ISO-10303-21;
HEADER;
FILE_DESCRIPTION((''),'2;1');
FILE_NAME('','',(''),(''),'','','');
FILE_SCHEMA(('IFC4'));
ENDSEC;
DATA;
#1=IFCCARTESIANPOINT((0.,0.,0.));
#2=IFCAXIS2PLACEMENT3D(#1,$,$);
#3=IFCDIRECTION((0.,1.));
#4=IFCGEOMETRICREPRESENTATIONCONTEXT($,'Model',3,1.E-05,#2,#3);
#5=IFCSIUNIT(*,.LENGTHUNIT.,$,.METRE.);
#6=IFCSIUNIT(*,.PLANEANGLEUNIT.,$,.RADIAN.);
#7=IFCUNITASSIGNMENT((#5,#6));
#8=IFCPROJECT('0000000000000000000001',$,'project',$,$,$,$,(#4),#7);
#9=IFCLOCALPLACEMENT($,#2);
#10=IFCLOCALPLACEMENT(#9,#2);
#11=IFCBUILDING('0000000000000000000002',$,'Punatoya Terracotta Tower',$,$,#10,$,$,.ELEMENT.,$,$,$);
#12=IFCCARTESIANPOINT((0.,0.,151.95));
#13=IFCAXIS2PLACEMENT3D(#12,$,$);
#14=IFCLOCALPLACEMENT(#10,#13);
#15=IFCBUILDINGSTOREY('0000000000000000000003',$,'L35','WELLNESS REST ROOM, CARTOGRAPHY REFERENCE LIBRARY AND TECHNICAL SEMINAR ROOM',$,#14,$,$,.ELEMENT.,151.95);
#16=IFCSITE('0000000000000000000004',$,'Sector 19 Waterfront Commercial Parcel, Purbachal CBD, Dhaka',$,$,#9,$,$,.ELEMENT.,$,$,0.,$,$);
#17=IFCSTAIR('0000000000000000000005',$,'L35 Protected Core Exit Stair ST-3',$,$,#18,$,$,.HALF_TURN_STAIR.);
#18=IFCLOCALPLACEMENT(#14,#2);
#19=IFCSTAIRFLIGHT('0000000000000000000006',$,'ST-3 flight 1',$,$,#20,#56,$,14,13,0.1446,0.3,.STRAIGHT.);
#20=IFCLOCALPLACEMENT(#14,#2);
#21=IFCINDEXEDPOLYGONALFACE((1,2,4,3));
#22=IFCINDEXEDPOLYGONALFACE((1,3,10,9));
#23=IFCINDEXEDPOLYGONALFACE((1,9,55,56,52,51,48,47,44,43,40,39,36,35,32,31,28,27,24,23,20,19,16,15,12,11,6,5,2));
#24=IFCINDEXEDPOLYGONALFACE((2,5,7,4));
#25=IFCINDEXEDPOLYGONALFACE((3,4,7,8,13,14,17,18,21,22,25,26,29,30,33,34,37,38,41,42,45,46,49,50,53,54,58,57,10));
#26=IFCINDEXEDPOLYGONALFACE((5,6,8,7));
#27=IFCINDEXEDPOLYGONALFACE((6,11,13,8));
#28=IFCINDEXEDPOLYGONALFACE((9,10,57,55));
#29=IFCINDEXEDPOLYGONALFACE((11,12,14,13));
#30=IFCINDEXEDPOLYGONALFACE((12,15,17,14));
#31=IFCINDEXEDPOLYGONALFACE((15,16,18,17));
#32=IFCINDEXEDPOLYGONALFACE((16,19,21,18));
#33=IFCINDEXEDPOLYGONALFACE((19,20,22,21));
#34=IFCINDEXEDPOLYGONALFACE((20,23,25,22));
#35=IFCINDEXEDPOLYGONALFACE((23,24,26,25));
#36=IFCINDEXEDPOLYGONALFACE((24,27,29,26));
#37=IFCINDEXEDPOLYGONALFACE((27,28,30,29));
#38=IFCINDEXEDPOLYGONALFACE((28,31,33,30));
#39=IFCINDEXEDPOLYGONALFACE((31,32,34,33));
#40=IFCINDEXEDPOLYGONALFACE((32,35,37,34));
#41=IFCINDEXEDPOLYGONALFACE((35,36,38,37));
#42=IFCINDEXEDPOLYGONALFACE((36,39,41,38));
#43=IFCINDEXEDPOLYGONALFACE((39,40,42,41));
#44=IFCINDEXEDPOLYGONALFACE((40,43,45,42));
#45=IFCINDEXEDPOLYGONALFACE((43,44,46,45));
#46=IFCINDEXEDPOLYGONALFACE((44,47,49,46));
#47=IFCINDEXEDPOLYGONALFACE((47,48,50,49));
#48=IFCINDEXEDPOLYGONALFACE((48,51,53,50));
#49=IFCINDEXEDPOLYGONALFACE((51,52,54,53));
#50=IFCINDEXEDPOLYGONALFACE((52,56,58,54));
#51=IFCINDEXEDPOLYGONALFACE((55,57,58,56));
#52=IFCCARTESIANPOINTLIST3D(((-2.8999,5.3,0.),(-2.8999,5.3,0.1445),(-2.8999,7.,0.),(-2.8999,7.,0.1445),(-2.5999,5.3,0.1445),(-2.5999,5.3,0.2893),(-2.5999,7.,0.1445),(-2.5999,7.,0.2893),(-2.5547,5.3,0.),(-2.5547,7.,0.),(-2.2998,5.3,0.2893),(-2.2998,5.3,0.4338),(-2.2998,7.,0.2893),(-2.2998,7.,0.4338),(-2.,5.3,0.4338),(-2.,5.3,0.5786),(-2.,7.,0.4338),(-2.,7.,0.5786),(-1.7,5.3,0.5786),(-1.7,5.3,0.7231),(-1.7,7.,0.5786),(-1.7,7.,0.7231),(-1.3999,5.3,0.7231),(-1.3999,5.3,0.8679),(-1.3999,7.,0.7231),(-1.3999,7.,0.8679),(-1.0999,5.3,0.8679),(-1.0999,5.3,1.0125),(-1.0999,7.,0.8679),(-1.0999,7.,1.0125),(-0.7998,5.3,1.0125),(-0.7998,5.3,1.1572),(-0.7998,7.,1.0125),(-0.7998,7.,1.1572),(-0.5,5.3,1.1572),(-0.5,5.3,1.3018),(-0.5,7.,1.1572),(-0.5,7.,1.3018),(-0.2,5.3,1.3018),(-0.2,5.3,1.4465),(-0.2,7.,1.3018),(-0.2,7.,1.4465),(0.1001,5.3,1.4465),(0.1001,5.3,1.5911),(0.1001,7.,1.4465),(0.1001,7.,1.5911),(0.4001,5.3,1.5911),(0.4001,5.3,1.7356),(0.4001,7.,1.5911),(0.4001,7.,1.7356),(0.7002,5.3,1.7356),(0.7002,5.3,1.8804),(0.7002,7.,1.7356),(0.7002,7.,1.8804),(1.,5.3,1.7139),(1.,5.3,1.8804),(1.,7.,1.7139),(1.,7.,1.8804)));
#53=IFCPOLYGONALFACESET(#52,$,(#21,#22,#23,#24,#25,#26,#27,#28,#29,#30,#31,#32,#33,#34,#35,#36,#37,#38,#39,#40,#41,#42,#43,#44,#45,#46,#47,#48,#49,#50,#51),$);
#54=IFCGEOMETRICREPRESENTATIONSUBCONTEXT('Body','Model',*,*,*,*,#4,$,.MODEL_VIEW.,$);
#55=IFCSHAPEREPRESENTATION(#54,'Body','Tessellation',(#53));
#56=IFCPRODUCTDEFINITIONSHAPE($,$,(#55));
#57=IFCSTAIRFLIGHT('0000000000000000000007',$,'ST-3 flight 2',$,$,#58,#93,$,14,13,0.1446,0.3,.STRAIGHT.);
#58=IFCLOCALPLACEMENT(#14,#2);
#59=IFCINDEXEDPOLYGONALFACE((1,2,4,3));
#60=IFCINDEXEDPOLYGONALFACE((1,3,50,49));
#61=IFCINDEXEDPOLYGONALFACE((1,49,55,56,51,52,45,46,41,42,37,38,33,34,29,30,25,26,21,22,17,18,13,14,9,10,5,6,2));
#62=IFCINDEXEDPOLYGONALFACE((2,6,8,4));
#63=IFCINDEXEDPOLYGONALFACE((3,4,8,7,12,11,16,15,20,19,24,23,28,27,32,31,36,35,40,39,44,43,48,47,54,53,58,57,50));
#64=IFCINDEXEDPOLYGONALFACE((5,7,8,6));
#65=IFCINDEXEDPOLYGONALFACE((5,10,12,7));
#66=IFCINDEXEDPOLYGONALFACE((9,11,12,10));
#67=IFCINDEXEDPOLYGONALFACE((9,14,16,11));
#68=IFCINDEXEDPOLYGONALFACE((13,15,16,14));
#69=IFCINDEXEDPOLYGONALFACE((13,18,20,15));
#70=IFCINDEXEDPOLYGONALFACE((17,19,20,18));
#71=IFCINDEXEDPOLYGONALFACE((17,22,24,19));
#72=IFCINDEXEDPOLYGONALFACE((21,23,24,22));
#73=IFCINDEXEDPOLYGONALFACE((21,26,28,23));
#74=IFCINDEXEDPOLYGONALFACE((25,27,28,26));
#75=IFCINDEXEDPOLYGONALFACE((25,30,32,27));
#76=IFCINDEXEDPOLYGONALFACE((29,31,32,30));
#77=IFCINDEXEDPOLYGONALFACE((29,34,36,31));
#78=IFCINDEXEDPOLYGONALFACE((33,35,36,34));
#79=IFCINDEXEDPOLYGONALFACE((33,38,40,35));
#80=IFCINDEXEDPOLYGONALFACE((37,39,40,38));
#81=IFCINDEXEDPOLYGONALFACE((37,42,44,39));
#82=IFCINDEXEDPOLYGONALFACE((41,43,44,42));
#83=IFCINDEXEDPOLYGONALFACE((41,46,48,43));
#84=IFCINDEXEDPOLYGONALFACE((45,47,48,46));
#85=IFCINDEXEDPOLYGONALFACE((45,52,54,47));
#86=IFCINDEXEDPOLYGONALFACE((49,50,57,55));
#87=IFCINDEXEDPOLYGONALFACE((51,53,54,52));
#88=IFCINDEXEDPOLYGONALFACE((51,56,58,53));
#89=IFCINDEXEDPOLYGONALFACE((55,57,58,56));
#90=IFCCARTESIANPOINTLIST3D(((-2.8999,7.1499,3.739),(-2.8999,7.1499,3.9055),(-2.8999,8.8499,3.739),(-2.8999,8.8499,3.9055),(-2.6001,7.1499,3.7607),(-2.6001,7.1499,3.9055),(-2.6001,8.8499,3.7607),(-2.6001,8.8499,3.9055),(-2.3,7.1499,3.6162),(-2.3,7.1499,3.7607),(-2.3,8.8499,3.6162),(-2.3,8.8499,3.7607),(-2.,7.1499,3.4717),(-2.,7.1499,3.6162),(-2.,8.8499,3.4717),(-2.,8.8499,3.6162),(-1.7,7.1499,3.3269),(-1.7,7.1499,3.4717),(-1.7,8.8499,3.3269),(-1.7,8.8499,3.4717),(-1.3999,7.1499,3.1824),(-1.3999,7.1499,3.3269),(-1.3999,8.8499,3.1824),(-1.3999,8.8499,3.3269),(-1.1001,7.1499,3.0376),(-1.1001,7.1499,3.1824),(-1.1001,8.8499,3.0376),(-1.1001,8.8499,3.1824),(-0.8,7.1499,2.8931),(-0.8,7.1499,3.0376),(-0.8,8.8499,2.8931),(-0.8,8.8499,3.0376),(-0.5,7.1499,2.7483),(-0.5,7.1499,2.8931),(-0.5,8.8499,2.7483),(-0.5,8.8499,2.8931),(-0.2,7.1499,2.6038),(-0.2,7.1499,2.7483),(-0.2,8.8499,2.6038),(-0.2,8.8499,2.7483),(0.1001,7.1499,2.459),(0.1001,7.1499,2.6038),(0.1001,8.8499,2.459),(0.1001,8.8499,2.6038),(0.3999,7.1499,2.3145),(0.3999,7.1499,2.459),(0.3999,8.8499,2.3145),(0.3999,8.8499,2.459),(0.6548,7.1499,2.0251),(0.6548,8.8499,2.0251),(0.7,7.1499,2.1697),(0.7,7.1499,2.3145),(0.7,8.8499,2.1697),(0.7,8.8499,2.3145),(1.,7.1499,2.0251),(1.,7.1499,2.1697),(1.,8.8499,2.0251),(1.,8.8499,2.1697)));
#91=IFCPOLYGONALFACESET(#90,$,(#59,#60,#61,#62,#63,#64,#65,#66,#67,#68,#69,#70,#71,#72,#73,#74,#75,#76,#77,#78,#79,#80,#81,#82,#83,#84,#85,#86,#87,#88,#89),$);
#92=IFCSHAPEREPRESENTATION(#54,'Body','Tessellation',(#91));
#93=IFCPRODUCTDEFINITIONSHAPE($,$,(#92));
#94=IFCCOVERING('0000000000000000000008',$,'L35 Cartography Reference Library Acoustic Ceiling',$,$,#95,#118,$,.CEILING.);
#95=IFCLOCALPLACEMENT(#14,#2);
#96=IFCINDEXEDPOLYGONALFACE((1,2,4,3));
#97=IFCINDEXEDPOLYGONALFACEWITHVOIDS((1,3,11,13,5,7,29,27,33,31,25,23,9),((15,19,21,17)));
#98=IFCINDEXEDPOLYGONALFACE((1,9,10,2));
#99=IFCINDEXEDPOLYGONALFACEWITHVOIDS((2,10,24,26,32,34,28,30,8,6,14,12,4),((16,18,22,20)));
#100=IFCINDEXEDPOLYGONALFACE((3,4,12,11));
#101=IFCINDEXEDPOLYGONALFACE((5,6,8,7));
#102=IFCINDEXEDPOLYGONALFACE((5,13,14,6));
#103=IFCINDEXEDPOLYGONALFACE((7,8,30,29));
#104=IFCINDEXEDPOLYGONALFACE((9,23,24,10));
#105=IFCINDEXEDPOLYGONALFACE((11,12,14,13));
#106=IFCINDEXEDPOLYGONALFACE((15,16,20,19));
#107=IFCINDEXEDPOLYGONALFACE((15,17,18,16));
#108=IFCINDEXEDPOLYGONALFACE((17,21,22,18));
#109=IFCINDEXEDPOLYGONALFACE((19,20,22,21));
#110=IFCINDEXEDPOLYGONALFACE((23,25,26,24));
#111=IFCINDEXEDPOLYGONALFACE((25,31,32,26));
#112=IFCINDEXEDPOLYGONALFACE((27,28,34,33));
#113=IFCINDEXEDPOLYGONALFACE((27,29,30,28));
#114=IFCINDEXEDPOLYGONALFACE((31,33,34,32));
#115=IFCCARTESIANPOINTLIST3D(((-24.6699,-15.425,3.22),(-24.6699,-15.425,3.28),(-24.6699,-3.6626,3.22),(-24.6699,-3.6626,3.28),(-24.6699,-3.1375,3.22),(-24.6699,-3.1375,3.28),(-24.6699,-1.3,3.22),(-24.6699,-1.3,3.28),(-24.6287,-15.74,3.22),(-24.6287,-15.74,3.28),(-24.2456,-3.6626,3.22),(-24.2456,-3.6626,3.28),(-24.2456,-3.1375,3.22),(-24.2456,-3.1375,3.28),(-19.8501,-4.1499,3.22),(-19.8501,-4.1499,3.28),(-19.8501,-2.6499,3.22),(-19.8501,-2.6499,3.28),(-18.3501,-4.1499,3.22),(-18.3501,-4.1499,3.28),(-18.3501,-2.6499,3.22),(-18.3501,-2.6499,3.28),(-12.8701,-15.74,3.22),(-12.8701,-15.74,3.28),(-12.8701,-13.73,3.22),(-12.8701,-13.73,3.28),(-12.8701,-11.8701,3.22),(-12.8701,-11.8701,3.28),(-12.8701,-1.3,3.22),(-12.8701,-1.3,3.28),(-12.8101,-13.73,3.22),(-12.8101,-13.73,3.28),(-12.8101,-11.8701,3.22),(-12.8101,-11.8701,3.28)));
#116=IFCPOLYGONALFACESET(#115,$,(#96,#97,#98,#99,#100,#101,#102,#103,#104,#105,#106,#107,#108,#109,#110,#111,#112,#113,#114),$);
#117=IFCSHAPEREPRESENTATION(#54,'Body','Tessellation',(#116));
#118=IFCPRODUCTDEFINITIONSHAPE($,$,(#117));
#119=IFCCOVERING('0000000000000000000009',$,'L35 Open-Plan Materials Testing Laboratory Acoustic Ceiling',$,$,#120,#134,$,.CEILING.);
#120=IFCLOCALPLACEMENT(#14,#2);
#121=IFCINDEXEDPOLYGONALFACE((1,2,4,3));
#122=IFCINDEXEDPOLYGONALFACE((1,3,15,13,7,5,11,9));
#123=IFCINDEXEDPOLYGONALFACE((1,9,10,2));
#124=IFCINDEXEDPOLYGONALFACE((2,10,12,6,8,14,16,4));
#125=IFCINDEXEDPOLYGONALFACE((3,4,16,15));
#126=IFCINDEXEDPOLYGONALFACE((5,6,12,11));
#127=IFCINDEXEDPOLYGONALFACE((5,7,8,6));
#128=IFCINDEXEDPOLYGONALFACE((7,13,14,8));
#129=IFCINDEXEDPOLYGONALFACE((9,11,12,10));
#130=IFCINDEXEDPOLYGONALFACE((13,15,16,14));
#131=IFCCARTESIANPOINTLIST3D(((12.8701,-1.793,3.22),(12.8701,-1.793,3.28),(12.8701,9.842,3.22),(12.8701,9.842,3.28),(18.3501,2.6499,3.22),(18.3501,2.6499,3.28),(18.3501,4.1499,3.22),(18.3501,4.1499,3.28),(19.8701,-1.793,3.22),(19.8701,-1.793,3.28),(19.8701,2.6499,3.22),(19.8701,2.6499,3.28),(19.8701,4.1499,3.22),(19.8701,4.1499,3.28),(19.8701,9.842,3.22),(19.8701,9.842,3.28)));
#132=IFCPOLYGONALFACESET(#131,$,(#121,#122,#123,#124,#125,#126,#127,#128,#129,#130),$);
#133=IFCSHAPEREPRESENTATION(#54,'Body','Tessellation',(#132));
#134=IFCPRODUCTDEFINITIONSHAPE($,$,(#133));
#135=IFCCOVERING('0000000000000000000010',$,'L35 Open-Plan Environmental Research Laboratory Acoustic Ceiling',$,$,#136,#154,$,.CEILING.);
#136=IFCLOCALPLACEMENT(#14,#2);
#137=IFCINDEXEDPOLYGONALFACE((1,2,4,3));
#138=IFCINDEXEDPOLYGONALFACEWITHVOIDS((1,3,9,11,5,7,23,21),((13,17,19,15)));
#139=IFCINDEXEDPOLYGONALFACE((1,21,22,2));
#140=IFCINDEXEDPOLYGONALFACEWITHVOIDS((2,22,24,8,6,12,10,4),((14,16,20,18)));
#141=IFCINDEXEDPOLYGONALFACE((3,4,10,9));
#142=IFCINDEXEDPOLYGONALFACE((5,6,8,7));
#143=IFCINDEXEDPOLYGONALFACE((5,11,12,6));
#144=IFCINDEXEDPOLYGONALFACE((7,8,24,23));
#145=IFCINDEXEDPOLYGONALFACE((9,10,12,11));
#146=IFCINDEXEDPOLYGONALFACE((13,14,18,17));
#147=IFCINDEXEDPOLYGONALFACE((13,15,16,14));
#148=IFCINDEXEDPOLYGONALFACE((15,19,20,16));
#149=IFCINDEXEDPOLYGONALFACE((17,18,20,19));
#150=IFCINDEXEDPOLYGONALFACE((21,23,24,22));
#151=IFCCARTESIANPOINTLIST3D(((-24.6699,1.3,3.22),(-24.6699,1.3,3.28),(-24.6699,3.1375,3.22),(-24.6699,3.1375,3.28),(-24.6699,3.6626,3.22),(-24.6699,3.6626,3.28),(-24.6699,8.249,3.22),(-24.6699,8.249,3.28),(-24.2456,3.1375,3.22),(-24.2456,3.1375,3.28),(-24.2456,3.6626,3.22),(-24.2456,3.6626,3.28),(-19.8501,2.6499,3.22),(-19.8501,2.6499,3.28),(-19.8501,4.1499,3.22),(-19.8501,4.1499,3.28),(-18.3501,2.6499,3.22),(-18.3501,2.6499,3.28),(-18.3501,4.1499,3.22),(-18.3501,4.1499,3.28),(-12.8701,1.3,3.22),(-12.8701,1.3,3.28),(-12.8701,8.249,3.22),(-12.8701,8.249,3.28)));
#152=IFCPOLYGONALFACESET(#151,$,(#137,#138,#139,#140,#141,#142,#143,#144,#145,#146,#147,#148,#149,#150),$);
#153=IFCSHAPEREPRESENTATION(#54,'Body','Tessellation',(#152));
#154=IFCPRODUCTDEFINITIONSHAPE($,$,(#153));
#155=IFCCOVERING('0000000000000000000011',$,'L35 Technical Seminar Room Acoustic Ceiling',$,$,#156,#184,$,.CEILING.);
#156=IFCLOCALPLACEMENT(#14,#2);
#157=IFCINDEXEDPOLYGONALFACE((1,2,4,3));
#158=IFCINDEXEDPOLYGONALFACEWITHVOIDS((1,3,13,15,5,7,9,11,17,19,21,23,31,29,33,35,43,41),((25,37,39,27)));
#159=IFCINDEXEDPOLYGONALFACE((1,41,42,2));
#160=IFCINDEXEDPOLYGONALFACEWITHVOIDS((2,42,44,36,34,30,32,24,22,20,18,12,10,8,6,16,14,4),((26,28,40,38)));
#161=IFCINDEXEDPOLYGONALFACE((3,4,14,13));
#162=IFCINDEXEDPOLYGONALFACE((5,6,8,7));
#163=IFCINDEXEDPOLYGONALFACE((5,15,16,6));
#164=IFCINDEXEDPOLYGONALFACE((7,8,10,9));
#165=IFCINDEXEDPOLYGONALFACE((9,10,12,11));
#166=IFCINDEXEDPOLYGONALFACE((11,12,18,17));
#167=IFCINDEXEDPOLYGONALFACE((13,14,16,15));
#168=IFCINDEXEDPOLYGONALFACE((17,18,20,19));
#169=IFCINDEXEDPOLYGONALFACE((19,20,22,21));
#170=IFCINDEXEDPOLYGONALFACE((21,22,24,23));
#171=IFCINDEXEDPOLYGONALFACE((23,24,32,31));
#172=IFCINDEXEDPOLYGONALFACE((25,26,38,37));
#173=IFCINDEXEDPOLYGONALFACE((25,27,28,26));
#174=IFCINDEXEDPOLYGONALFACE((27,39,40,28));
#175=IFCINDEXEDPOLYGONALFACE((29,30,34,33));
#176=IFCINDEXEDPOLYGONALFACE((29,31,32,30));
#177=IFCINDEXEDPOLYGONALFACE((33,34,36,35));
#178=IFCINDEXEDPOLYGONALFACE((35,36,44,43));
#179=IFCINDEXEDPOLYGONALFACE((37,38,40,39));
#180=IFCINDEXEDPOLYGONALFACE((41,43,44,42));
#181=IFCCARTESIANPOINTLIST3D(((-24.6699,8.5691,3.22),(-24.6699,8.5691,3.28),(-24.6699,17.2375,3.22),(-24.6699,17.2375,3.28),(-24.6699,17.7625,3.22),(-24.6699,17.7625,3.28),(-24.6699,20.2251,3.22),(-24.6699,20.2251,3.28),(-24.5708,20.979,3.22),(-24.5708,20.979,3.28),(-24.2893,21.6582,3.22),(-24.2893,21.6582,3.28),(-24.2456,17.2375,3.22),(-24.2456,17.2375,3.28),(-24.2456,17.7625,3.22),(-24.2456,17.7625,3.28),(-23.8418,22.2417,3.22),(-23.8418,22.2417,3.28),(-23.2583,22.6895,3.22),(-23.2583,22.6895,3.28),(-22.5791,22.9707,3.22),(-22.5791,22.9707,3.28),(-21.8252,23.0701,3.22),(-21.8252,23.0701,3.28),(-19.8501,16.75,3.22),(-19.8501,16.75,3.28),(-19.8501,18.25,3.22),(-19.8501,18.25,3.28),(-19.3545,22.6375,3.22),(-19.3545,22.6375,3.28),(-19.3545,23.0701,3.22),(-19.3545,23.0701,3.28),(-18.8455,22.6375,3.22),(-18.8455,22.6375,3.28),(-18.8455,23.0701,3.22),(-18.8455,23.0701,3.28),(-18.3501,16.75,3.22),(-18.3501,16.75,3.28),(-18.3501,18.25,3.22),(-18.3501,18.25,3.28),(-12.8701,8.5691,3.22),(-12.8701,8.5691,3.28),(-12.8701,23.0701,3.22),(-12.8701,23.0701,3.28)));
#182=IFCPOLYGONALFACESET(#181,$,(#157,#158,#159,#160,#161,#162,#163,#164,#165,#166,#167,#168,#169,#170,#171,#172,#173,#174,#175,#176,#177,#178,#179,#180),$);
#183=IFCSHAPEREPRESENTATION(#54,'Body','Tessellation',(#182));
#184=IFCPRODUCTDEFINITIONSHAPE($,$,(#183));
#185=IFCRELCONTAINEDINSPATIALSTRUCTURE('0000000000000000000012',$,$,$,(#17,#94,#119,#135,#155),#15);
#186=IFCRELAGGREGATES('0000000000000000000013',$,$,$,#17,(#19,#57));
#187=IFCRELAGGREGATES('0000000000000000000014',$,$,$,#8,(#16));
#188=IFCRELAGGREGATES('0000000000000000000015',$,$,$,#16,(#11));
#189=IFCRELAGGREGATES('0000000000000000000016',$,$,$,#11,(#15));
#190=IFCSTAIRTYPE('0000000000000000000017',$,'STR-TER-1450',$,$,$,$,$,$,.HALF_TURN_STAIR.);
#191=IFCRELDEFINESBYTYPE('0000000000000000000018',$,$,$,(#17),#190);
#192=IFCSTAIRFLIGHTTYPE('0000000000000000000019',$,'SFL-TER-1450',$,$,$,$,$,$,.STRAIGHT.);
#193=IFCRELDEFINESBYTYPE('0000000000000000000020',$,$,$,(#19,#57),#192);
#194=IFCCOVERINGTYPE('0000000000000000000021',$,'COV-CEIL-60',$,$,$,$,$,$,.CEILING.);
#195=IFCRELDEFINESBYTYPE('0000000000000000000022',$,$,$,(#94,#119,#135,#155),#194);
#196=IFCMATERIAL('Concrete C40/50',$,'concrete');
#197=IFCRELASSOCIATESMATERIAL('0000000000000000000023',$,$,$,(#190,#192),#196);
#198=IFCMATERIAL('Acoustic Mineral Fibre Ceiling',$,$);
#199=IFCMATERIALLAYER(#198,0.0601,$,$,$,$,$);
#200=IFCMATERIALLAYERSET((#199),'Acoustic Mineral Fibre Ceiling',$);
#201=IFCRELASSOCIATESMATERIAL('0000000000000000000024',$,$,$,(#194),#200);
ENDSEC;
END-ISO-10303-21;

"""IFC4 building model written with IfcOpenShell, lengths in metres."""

from ifc_helpers import new_model, si_unit, direction, frame, origin, place, context, subcontext, project, spatial, polyline, outline, extrude, material, layer, layer_set, type_object, element, aggregate, save


model = new_model("IFC4")

# Units and contexts
model_context = context("Model", 3, precision=1e-05, world=origin(), true_north=direction((0.0, 1.0)))
body_context = subcontext(model_context, "Body", "Model", "MODEL_VIEW")
ifc_project = project(units=[si_unit("LENGTHUNIT", "METRE"), si_unit("PLANEANGLEUNIT", "RADIAN")], contexts=[model_context])

# Site, building, storey
site_placement = place(None, origin())
site = spatial("IfcSite", under=ifc_project, at=site_placement, Name="Sector 19 Waterfront Commercial Parcel, Purbachal CBD, Dhaka", CompositionType="ELEMENT", RefElevation=0.0)
building_placement = place(site_placement, origin())
building = spatial("IfcBuilding", under=site, at=building_placement, Name="Punatoya Terracotta Tower", CompositionType="ELEMENT")
storey_placement = place(building_placement, frame((0.0, 0.0, 151.95)))
storey = spatial("IfcBuildingStorey", under=building, at=storey_placement, Name="L35", Description="WELLNESS REST ROOM, CARTOGRAPHY REFERENCE LIBRARY AND TECHNICAL SEMINAR ROOM", CompositionType="ELEMENT", Elevation=151.95)

# Shared definitions
ifc_material_1 = material(Name="Concrete C40/50", Category="concrete")

# Stair, stair flights
stair_type_1 = type_object("IfcStairType", Name="STR-TER-1450", PredefinedType="HALF_TURN_STAIR", material=ifc_material_1)
stair_1_placement = place(storey_placement, origin())
stair_1 = element("IfcStair", 1, at=stair_1_placement, inside=storey, type_object=stair_type_1, Name="L35 Protected Core Exit Stair ST-3", PredefinedType="HALF_TURN_STAIR")
stair_flight_type_1 = type_object("IfcStairFlightType", Name="SFL-TER-1450", PredefinedType="STRAIGHT", material=ifc_material_1)
stair_flight_1_placement = place(storey_placement, frame((-2.8999, 6.1499, 0.0), z_axis=(0.0, 0.0, 1.0), x_axis=(1.0, 0.0, 0.0)))
stair_flight_1 = element("IfcStairFlight", 2, at=stair_flight_1_placement, type_object=stair_flight_type_1, Name="ST-3 flight 1", NumberOfRisers=14, NumberOfTreads=13, PredefinedType="STRAIGHT", RiserHeight=0.1446, TreadLength=0.3, context=body_context, shape_type="SweptSolid", body=[
    extrude(outline(polyline([(0.0, 0.0), (0.0, 0.1445), (0.3, 0.1445), (0.3, 0.2893), (0.6001, 0.2893), (0.6001, 0.4338), (0.8999, 0.4338), (0.8999, 0.5786), (1.2, 0.5786), (1.2, 0.7231), (1.5, 0.7231), (1.5, 0.8679), (1.8, 0.8679), (1.8, 1.0125), (2.1001, 1.0125), (2.1001, 1.1572), (2.3999, 1.1572), (2.3999, 1.3018), (2.7, 1.3018), (2.7, 1.4465), (3.0, 1.4465), (3.0, 1.5911), (3.3, 1.5911), (3.3, 1.7356), (3.6001, 1.7356), (3.6001, 1.8804), (3.8999, 1.8804), (3.8999, 2.0249), (3.8999, 1.7139), (0.3452, 0.0), (0.0, 0.0)])), frame((0.0, 0.8501, 0.0), z_axis=(0.0, -1.0, 0.0), x_axis=(1.0, 0.0, 0.0)), (0.0, 0.0, 1.0), 1.7),
])
stair_flight_2_placement = place(storey_placement, frame((1.0, 8.0, 2.0251), z_axis=(0.0, 0.0, 1.0), x_axis=(-1.0, 0.0, 0.0)))
stair_flight_2 = element("IfcStairFlight", 3, at=stair_flight_2_placement, type_object=stair_flight_type_1, Name="ST-3 flight 2", NumberOfRisers=14, NumberOfTreads=13, PredefinedType="STRAIGHT", RiserHeight=0.1446, TreadLength=0.3, context=body_context, shape_type="SweptSolid", body=[
    extrude(outline(polyline([(0.0, 0.0), (0.0, 0.1445), (0.3, 0.1445), (0.3, 0.2893), (0.6001, 0.2893), (0.6001, 0.4338), (0.8999, 0.4338), (0.8999, 0.5786), (1.2, 0.5786), (1.2, 0.7231), (1.5, 0.7231), (1.5, 0.8679), (1.8, 0.8679), (1.8, 1.0125), (2.1001, 1.0125), (2.1001, 1.1572), (2.3999, 1.1572), (2.3999, 1.3018), (2.7, 1.3018), (2.7, 1.4465), (3.0, 1.4465), (3.0, 1.5911), (3.3, 1.5911), (3.3, 1.7356), (3.6001, 1.7356), (3.6001, 1.8804), (3.8999, 1.8804), (3.8999, 2.0249), (3.8999, 1.7139), (0.3452, 0.0), (0.0, 0.0)])), frame((0.0, 0.8501, 0.0), z_axis=(0.0, -1.0, 0.0), x_axis=(1.0, 0.0, 0.0)), (0.0, 0.0, 1.0), 1.7),
])
aggregate(stair_1, [stair_flight_1, stair_flight_2])

# Coverings
ifc_material_2 = material(Name="Acoustic Mineral Fibre Ceiling")
ifc_layer_1 = layer(ifc_material_2, 0.0601)
ifc_layer_set_1 = layer_set([ifc_layer_1], Name="Acoustic Mineral Fibre Ceiling")
covering_type = type_object("IfcCoveringType", Name="COV-CEIL-60", PredefinedType="CEILING", material=ifc_layer_set_1)
covering_1_placement = place(storey_placement, frame((0.0, 0.0, 3.22)))
element("IfcCovering", 4, at=covering_1_placement, inside=storey, type_object=covering_type, Name="L35 Cartography Reference Library Acoustic Ceiling", PredefinedType="CEILING", context=body_context, shape_type="SweptSolid", body=[
    extrude(outline(polyline([(-24.2456, -3.6626), (-24.6699, -3.6626), (-24.6699, -15.425), (-24.6287, -15.74), (-12.8701, -15.74), (-12.8701, -13.73), (-12.8101, -13.73), (-12.8101, -11.8701), (-12.8701, -11.8701), (-12.8701, -1.3), (-24.6699, -1.3), (-24.6699, -3.1375), (-24.2456, -3.1375), (-24.2456, -3.6626)]), holes=[polyline([(-18.3501, -4.1499), (-19.8501, -4.1499), (-19.8501, -2.6499), (-18.3501, -2.6499), (-18.3501, -4.1499)])]), origin(), (0.0, 0.0, 1.0), 0.0601),
])
covering_2_placement = place(storey_placement, frame((0.0, 0.0, 3.22)))
element("IfcCovering", 5, at=covering_2_placement, inside=storey, type_object=covering_type, Name="L35 Open-Plan Materials Testing Laboratory Acoustic Ceiling", PredefinedType="CEILING", context=body_context, shape_type="SweptSolid", body=[
    extrude(outline(polyline([(18.3501, 4.1499), (19.8701, 4.1499), (19.8701, 9.842), (12.8701, 9.842), (12.8701, -1.793), (19.8701, -1.793), (19.8701, 2.6499), (18.3501, 2.6499), (18.3501, 4.1499)])), origin(), (0.0, 0.0, 1.0), 0.0601),
])
covering_3_placement = place(storey_placement, frame((0.0, 0.0, 3.22)))
element("IfcCovering", 6, at=covering_3_placement, inside=storey, type_object=covering_type, Name="L35 Open-Plan Environmental Research Laboratory Acoustic Ceiling", PredefinedType="CEILING", context=body_context, shape_type="SweptSolid", body=[
    extrude(outline(polyline([(-12.8701, 1.3), (-12.8701, 8.249), (-24.6699, 8.249), (-24.6699, 3.6626), (-24.2456, 3.6626), (-24.2456, 3.1375), (-24.6699, 3.1375), (-24.6699, 1.3), (-12.8701, 1.3)]), holes=[polyline([(-18.3501, 4.1499), (-18.3501, 2.6499), (-19.8501, 2.6499), (-19.8501, 4.1499), (-18.3501, 4.1499)])]), origin(), (0.0, 0.0, 1.0), 0.0601),
])
covering_4_placement = place(storey_placement, frame((0.0, 0.0, 3.22)))
element("IfcCovering", 7, at=covering_4_placement, inside=storey, type_object=covering_type, Name="L35 Technical Seminar Room Acoustic Ceiling", PredefinedType="CEILING", context=body_context, shape_type="SweptSolid", body=[
    extrude(outline(polyline([(-12.8701, 23.0701), (-18.8455, 23.0701), (-18.8455, 22.6375), (-19.3545, 22.6375), (-19.3545, 23.0701), (-21.8252, 23.0701), (-22.5791, 22.9707), (-23.2583, 22.6895), (-23.8418, 22.2417), (-24.2893, 21.6582), (-24.5708, 20.979), (-24.6699, 20.2251), (-24.6699, 17.7625), (-24.2456, 17.7625), (-24.2456, 17.2375), (-24.6699, 17.2375), (-24.6699, 8.5691), (-12.8701, 8.5691), (-12.8701, 23.0701)]), holes=[polyline([(-19.8501, 18.25), (-18.3501, 18.25), (-18.3501, 16.75), (-19.8501, 16.75), (-19.8501, 18.25)])]), origin(), (0.0, 0.0, 1.0), 0.0601),
])

save(model, "model.ifc")
